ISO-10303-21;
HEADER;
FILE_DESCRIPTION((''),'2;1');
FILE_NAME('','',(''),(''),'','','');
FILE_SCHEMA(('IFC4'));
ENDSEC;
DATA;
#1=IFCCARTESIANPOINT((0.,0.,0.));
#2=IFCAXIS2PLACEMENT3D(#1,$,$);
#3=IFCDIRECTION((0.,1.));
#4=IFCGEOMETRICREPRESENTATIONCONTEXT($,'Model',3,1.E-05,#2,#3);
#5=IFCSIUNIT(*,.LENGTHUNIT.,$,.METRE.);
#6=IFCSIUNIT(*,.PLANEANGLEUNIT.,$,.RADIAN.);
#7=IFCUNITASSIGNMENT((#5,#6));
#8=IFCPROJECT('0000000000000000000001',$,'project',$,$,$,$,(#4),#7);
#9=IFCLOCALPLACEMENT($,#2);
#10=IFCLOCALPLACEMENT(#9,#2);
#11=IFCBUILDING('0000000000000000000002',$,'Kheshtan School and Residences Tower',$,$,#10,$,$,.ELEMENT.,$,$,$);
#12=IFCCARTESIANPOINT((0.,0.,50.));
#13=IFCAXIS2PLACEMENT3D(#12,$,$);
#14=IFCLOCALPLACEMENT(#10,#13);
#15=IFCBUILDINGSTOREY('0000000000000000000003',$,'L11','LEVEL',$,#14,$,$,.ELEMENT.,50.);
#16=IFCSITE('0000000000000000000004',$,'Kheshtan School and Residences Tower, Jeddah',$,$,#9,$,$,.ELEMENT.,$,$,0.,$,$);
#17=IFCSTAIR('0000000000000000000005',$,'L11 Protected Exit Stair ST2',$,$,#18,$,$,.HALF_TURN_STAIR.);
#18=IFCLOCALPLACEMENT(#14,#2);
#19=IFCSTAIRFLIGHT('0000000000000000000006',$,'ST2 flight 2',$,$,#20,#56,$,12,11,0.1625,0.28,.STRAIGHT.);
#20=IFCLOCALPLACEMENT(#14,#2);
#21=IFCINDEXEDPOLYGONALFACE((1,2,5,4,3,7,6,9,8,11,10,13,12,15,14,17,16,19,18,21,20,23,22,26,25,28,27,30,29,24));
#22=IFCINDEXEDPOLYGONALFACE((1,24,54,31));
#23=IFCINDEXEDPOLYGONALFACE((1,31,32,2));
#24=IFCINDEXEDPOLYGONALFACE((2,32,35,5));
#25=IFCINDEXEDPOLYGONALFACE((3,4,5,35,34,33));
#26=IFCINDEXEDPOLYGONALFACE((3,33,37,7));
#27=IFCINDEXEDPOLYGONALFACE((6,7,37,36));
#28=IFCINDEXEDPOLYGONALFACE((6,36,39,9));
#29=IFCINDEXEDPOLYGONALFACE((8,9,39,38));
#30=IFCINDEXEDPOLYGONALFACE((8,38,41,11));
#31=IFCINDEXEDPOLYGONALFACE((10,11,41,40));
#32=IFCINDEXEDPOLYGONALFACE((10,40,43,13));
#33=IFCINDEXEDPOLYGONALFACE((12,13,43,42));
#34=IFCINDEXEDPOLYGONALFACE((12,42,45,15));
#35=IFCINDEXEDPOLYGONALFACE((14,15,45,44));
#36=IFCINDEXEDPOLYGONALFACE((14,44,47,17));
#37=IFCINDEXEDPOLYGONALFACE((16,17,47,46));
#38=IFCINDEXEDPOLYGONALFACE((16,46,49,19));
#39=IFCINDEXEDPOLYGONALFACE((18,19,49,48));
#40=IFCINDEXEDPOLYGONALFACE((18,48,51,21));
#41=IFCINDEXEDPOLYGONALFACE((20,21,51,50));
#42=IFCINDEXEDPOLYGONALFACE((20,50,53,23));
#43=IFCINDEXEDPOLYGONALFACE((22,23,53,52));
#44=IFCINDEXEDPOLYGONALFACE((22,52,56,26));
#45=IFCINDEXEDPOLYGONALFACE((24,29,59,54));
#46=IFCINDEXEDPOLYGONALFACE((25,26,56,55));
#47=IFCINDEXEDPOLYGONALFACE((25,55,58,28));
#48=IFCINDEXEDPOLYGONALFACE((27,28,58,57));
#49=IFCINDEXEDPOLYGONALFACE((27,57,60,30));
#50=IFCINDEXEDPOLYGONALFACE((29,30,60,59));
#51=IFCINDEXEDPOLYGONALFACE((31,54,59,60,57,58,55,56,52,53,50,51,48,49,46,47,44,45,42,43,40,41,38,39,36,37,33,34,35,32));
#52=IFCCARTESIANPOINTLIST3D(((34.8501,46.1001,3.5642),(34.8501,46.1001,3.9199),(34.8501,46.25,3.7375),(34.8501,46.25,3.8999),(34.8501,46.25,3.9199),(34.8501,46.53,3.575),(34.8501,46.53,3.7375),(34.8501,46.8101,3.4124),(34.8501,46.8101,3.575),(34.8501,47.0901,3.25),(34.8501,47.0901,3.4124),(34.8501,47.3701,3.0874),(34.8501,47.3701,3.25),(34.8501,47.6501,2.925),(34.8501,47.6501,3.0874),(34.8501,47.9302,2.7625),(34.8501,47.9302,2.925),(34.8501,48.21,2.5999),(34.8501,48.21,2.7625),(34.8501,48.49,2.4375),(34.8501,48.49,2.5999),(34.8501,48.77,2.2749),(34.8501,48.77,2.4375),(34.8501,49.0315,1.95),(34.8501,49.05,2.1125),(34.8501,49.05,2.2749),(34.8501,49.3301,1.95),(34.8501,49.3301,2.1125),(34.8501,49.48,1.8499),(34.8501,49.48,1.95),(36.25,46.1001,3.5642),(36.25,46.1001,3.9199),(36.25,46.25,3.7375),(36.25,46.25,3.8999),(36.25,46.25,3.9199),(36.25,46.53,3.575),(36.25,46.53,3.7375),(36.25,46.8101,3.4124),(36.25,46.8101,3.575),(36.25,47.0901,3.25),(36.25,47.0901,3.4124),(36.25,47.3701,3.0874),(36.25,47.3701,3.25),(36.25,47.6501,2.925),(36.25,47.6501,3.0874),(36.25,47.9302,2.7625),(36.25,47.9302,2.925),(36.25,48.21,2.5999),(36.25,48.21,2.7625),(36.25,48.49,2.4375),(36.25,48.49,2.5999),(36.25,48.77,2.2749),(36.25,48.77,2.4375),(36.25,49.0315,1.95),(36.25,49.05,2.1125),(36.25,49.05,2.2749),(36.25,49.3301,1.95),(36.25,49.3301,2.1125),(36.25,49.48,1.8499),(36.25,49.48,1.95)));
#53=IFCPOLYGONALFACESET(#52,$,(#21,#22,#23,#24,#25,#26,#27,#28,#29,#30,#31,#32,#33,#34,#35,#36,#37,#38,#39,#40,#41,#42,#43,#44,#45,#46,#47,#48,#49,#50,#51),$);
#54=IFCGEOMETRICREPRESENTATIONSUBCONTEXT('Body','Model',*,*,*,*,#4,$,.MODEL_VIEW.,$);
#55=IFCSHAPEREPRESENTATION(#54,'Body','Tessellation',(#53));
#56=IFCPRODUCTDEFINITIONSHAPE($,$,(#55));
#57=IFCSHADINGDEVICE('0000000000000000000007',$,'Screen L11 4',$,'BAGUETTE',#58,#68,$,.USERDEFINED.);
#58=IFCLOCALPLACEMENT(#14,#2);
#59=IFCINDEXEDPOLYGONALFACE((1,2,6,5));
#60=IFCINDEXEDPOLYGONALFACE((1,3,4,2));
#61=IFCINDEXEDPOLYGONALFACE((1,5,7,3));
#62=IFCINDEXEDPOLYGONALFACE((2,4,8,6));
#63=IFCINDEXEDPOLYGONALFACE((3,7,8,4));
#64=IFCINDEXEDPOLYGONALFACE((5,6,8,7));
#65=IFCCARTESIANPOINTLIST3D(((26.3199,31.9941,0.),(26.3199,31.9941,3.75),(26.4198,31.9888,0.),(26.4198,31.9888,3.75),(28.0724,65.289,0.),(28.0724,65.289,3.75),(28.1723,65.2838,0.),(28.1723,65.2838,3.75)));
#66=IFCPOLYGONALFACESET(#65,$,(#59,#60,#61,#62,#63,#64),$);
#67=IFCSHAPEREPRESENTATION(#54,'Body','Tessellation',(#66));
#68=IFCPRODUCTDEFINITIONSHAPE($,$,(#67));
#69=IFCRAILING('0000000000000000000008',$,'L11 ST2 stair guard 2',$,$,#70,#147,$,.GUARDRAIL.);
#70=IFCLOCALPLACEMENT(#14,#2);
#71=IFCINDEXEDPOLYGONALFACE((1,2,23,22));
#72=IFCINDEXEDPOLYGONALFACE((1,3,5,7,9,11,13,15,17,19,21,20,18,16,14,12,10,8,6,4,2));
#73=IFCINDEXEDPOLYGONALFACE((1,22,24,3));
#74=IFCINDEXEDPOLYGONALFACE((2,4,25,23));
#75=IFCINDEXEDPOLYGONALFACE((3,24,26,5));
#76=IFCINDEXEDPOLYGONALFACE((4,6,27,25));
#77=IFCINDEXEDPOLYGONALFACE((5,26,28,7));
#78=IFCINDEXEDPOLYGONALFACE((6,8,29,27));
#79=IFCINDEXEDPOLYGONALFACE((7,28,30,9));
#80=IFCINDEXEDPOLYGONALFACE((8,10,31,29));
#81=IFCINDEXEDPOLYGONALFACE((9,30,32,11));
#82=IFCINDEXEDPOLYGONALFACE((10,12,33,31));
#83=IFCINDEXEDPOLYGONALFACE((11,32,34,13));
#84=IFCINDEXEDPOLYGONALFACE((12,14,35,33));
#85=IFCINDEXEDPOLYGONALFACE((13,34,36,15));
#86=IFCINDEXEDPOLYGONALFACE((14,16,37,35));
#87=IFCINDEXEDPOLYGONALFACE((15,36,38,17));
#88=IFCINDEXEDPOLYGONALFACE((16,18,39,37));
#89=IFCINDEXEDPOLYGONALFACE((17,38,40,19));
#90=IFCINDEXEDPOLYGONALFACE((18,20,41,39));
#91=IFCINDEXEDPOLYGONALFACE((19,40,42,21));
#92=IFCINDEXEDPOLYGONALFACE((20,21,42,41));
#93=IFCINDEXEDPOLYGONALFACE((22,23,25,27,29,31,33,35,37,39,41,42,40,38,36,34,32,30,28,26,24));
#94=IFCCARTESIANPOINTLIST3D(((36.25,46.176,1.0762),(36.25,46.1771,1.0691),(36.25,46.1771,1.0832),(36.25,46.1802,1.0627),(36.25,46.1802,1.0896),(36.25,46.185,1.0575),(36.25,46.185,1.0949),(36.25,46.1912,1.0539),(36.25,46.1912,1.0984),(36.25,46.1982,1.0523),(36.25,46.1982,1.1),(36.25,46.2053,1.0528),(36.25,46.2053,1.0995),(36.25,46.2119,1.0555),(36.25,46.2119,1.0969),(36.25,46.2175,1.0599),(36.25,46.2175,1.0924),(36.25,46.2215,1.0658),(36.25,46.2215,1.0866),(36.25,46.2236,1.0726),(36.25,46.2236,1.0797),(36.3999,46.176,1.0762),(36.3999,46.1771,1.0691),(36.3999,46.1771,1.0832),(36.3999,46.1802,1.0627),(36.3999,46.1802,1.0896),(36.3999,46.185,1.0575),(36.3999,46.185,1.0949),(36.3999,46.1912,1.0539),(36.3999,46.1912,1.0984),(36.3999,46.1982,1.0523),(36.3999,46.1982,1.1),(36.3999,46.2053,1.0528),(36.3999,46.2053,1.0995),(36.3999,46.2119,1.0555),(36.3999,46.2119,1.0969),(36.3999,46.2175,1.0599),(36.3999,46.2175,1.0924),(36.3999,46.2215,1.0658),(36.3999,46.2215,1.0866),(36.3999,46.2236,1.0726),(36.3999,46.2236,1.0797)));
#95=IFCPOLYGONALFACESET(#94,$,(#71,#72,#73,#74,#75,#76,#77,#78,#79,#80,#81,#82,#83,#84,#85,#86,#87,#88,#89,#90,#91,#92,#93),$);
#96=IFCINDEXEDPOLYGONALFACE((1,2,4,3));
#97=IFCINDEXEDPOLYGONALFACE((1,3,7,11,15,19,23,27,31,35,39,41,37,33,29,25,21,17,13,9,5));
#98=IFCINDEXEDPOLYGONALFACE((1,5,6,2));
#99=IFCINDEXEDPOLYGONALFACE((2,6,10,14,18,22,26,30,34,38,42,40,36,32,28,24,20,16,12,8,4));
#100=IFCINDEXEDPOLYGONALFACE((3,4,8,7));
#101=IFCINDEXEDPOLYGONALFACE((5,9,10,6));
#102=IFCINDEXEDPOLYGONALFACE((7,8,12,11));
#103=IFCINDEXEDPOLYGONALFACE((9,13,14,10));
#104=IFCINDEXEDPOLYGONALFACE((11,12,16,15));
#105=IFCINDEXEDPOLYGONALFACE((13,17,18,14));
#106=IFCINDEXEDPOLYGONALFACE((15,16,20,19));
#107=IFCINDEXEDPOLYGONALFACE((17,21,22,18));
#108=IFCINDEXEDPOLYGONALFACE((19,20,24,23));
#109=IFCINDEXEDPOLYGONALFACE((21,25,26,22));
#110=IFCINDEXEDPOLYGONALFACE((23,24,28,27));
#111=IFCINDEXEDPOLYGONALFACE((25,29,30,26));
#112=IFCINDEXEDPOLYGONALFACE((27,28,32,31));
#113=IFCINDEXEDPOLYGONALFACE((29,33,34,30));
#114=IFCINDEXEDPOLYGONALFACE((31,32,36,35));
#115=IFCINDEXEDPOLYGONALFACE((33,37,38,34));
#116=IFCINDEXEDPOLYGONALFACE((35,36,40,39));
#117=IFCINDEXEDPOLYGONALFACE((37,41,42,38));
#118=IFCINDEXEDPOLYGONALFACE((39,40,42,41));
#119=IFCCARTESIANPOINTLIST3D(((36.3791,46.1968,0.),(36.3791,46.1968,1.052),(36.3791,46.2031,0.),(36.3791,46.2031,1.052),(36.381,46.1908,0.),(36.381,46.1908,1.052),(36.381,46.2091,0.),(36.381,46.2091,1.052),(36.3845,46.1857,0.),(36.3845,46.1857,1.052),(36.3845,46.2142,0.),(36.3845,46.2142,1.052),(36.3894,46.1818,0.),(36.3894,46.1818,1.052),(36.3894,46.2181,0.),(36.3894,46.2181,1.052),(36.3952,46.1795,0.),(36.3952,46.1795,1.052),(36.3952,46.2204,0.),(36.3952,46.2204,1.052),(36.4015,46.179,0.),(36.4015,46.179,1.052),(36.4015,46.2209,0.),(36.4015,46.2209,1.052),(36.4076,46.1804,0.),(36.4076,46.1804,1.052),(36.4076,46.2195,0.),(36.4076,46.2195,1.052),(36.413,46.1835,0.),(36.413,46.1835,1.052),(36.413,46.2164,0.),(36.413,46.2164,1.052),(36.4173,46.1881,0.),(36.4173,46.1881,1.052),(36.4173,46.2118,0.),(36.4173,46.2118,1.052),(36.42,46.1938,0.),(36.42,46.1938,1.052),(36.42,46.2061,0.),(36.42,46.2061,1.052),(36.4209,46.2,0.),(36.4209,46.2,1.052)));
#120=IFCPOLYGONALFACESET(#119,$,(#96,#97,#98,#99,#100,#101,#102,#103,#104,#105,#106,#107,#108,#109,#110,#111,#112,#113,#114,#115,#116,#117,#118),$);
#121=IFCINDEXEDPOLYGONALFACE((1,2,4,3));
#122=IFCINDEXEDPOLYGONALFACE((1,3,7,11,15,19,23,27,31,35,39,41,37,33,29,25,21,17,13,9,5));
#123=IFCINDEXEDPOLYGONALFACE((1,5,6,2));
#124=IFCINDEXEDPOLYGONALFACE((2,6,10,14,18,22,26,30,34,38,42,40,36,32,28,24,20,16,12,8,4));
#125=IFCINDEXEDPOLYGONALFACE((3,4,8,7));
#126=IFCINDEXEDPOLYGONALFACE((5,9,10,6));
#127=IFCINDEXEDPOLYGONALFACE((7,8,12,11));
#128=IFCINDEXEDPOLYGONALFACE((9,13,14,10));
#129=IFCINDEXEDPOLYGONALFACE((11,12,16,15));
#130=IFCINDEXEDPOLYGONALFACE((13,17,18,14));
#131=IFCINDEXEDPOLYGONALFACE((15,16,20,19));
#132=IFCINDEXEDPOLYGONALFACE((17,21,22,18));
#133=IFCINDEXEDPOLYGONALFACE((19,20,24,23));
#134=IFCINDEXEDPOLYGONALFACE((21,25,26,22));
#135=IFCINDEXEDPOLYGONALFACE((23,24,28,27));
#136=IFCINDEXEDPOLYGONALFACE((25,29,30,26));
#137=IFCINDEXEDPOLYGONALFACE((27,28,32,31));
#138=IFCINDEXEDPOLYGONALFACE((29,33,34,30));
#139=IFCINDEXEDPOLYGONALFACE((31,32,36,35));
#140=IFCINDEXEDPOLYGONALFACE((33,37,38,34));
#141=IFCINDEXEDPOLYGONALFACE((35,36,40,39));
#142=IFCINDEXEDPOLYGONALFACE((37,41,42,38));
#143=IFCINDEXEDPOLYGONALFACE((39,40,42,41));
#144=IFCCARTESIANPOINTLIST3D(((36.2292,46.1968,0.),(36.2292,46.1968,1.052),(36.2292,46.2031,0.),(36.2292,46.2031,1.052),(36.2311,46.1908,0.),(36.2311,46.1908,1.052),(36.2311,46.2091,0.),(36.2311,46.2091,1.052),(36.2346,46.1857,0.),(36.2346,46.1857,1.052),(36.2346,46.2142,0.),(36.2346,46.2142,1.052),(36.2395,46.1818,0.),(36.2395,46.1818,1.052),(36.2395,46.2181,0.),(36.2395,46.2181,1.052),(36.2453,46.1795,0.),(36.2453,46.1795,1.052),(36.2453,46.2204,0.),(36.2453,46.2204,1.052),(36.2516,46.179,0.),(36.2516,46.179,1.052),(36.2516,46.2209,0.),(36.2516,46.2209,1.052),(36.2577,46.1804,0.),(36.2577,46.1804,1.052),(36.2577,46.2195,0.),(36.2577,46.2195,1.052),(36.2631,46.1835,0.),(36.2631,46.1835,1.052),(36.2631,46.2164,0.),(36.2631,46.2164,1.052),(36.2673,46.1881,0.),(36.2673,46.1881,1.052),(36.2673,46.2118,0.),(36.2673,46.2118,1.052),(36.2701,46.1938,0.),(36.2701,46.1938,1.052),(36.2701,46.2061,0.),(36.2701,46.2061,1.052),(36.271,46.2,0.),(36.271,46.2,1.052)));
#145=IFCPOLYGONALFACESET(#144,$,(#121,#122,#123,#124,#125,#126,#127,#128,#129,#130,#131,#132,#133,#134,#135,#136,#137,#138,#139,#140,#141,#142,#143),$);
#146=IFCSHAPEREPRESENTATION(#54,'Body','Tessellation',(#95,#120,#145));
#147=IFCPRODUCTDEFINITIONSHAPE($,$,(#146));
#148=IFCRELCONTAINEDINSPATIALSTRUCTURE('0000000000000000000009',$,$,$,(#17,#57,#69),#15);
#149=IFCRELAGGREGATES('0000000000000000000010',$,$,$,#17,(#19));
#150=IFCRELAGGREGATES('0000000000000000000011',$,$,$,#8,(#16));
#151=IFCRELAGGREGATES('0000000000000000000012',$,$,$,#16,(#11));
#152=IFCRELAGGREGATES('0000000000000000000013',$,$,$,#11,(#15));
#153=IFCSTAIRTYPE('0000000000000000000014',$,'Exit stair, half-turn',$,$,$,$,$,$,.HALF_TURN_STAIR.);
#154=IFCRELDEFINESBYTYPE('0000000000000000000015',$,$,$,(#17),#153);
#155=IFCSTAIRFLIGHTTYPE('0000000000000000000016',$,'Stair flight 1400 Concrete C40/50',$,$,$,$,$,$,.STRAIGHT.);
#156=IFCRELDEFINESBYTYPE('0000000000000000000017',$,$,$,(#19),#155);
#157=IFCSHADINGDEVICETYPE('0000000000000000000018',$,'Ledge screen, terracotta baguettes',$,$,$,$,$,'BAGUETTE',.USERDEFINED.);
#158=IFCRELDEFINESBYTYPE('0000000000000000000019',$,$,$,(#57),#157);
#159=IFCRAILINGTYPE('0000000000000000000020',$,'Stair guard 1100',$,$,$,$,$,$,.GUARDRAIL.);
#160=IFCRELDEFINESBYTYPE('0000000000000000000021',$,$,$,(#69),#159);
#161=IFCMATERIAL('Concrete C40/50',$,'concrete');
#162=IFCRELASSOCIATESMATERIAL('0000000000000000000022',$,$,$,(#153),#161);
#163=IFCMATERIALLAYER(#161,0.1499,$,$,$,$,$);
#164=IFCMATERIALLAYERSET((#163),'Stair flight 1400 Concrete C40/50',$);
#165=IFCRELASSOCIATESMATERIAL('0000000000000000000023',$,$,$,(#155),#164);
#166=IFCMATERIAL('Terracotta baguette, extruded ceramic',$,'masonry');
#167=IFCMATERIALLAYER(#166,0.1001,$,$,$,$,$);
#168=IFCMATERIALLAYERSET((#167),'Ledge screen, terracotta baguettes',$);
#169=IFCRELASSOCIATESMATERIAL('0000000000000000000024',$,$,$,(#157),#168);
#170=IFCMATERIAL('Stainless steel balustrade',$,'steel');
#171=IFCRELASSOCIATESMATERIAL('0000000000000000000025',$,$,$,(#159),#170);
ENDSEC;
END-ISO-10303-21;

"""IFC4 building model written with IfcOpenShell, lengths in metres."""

from ifc_helpers import new_model, si_unit, direction, frame, origin, origin_2d, place, context, subcontext, project, spatial, polyline, rectangle, circle, outline, extrude, material, layer, layer_set, type_object, element, aggregate, save


model = new_model("IFC4")

# Units and contexts
model_context = context("Model", 3, precision=1e-05, world=origin(), true_north=direction((0.0, 1.0)))
body_context = subcontext(model_context, "Body", "Model", "MODEL_VIEW")
ifc_project = project(units=[si_unit("LENGTHUNIT", "METRE"), si_unit("PLANEANGLEUNIT", "RADIAN")], contexts=[model_context])

# Site, building, storey
site_placement = place(None, origin())
site = spatial("IfcSite", under=ifc_project, at=site_placement, Name="Kheshtan School and Residences Tower, Jeddah", CompositionType="ELEMENT", RefElevation=0.0)
building_placement = place(site_placement, origin())
building = spatial("IfcBuilding", under=site, at=building_placement, Name="Kheshtan School and Residences Tower", CompositionType="ELEMENT")
storey_placement = place(building_placement, frame((0.0, 0.0, 50.0)))
storey = spatial("IfcBuildingStorey", under=building, at=storey_placement, Name="L11", Description="LEVEL", CompositionType="ELEMENT", Elevation=50.0)

# Shared definitions
ifc_material_1 = material(Name="Concrete C40/50", Category="concrete")

# Stair, stair flight
stair_type = type_object("IfcStairType", Name="Exit stair, half-turn", PredefinedType="HALF_TURN_STAIR", material=ifc_material_1)
stair_placement = place(storey_placement, origin())
stair = element("IfcStair", 1, at=stair_placement, inside=storey, type_object=stair_type, Name="L11 Protected Exit Stair ST2", PredefinedType="HALF_TURN_STAIR")
ifc_layer_1 = layer(ifc_material_1, 0.1499)
ifc_layer_set_1 = layer_set([ifc_layer_1], Name="Stair flight 1400 Concrete C40/50")
stair_flight_type = type_object("IfcStairFlightType", Name="Stair flight 1400 Concrete C40/50", PredefinedType="STRAIGHT", material=ifc_layer_set_1)
stair_flight_1_placement = place(storey_placement, frame((35.55, 49.3301, 1.95), z_axis=(0.0, 0.0, 1.0), x_axis=(0.0, -1.0, 0.0)))
stair_flight_1 = element("IfcStairFlight", 2, at=stair_flight_1_placement, type_object=stair_flight_type, Name="ST2 flight 2", NumberOfRisers=12, NumberOfTreads=11, PredefinedType="STRAIGHT", RiserHeight=0.1625, TreadLength=0.28, context=body_context, shape_type="SweptSolid", body=[
    extrude(outline(polyline([(-0.1499, -0.1001), (-0.1499, 0.0), (0.0, 0.0), (0.0, 0.1626), (0.28, 0.1626), (0.28, 0.325), (0.5601, 0.325), (0.5601, 0.4875), (0.8401, 0.4875), (0.8401, 0.6499), (1.1201, 0.6499), (1.1201, 0.8125), (1.3999, 0.8125), (1.3999, 0.9751), (1.6799, 0.9751), (1.6799, 1.1375), (1.96, 1.1375), (1.96, 1.3), (2.24, 1.3), (2.24, 1.4624), (2.52, 1.4624), (2.52, 1.625), (2.8, 1.625), (2.8, 1.7876), (3.0801, 1.7876), (3.0801, 1.95), (3.0801, 1.97), (3.23, 1.97), (3.23, 1.6143), (0.2986, 0.0), (-0.1499, -0.1001)])), frame((0.0, 0.7, 0.0), z_axis=(0.0, -1.0, 0.0), x_axis=(1.0, 0.0, 0.0)), (0.0, 0.0, 1.0), 1.3999),
])
aggregate(stair, [stair_flight_1])

# Shading device
ifc_material_2 = material(Name="Terracotta baguette, extruded ceramic", Category="masonry")
ifc_layer_2 = layer(ifc_material_2, 0.1001)
ifc_layer_set_2 = layer_set([ifc_layer_2], Name="Ledge screen, terracotta baguettes")
shading_device_type = type_object("IfcShadingDeviceType", Name="Ledge screen, terracotta baguettes", ElementType="BAGUETTE", PredefinedType="USERDEFINED", material=ifc_layer_set_2)
shading_device_placement = place(storey_placement, frame((27.2461, 48.6389, 0.0), z_axis=(0.0, 0.0, 1.0), x_axis=(0.052563, 0.998618, 0.0)))
element("IfcShadingDevice", 3, at=shading_device_placement, inside=storey, type_object=shading_device_type, Name="Screen L11 4", ObjectType="BAGUETTE", PredefinedType="USERDEFINED", context=body_context, shape_type="SweptSolid", body=[
    extrude(rectangle(XDim=33.3411, YDim=0.1001, at=origin_2d()), origin(), (0.0, 0.0, 1.0), 3.75),
])

# Railing
ifc_material_3 = material(Name="Stainless steel balustrade", Category="steel")
railing_type_1 = type_object("IfcRailingType", Name="Stair guard 1100", PredefinedType="GUARDRAIL", material=ifc_material_3)
railing_1_placement = place(storey_placement, frame((36.3999, 46.2, 0.0)))
element("IfcRailing", 4, at=railing_1_placement, inside=storey, type_object=railing_type_1, Name="L11 ST2 stair guard 2", PredefinedType="GUARDRAIL", context=body_context, shape_type="SweptSolid", body=[
    extrude(circle(Radius=0.0239, at=origin_2d()), frame((0.0, 0.0, 1.0762), z_axis=(-1.0, 0.0, 0.0), x_axis=(0.0, -1.0, 0.0)), (0.0, 0.0, 1.0), 0.1499),
    extrude(circle(Radius=0.021, at=origin_2d()), origin(), (0.0, 0.0, 1.0), 1.052),
    extrude(circle(Radius=0.021, at=origin_2d()), frame((-0.1499, 0.0, 0.0)), (0.0, 0.0, 1.0), 1.052),
])

save(model, "model.ifc")
